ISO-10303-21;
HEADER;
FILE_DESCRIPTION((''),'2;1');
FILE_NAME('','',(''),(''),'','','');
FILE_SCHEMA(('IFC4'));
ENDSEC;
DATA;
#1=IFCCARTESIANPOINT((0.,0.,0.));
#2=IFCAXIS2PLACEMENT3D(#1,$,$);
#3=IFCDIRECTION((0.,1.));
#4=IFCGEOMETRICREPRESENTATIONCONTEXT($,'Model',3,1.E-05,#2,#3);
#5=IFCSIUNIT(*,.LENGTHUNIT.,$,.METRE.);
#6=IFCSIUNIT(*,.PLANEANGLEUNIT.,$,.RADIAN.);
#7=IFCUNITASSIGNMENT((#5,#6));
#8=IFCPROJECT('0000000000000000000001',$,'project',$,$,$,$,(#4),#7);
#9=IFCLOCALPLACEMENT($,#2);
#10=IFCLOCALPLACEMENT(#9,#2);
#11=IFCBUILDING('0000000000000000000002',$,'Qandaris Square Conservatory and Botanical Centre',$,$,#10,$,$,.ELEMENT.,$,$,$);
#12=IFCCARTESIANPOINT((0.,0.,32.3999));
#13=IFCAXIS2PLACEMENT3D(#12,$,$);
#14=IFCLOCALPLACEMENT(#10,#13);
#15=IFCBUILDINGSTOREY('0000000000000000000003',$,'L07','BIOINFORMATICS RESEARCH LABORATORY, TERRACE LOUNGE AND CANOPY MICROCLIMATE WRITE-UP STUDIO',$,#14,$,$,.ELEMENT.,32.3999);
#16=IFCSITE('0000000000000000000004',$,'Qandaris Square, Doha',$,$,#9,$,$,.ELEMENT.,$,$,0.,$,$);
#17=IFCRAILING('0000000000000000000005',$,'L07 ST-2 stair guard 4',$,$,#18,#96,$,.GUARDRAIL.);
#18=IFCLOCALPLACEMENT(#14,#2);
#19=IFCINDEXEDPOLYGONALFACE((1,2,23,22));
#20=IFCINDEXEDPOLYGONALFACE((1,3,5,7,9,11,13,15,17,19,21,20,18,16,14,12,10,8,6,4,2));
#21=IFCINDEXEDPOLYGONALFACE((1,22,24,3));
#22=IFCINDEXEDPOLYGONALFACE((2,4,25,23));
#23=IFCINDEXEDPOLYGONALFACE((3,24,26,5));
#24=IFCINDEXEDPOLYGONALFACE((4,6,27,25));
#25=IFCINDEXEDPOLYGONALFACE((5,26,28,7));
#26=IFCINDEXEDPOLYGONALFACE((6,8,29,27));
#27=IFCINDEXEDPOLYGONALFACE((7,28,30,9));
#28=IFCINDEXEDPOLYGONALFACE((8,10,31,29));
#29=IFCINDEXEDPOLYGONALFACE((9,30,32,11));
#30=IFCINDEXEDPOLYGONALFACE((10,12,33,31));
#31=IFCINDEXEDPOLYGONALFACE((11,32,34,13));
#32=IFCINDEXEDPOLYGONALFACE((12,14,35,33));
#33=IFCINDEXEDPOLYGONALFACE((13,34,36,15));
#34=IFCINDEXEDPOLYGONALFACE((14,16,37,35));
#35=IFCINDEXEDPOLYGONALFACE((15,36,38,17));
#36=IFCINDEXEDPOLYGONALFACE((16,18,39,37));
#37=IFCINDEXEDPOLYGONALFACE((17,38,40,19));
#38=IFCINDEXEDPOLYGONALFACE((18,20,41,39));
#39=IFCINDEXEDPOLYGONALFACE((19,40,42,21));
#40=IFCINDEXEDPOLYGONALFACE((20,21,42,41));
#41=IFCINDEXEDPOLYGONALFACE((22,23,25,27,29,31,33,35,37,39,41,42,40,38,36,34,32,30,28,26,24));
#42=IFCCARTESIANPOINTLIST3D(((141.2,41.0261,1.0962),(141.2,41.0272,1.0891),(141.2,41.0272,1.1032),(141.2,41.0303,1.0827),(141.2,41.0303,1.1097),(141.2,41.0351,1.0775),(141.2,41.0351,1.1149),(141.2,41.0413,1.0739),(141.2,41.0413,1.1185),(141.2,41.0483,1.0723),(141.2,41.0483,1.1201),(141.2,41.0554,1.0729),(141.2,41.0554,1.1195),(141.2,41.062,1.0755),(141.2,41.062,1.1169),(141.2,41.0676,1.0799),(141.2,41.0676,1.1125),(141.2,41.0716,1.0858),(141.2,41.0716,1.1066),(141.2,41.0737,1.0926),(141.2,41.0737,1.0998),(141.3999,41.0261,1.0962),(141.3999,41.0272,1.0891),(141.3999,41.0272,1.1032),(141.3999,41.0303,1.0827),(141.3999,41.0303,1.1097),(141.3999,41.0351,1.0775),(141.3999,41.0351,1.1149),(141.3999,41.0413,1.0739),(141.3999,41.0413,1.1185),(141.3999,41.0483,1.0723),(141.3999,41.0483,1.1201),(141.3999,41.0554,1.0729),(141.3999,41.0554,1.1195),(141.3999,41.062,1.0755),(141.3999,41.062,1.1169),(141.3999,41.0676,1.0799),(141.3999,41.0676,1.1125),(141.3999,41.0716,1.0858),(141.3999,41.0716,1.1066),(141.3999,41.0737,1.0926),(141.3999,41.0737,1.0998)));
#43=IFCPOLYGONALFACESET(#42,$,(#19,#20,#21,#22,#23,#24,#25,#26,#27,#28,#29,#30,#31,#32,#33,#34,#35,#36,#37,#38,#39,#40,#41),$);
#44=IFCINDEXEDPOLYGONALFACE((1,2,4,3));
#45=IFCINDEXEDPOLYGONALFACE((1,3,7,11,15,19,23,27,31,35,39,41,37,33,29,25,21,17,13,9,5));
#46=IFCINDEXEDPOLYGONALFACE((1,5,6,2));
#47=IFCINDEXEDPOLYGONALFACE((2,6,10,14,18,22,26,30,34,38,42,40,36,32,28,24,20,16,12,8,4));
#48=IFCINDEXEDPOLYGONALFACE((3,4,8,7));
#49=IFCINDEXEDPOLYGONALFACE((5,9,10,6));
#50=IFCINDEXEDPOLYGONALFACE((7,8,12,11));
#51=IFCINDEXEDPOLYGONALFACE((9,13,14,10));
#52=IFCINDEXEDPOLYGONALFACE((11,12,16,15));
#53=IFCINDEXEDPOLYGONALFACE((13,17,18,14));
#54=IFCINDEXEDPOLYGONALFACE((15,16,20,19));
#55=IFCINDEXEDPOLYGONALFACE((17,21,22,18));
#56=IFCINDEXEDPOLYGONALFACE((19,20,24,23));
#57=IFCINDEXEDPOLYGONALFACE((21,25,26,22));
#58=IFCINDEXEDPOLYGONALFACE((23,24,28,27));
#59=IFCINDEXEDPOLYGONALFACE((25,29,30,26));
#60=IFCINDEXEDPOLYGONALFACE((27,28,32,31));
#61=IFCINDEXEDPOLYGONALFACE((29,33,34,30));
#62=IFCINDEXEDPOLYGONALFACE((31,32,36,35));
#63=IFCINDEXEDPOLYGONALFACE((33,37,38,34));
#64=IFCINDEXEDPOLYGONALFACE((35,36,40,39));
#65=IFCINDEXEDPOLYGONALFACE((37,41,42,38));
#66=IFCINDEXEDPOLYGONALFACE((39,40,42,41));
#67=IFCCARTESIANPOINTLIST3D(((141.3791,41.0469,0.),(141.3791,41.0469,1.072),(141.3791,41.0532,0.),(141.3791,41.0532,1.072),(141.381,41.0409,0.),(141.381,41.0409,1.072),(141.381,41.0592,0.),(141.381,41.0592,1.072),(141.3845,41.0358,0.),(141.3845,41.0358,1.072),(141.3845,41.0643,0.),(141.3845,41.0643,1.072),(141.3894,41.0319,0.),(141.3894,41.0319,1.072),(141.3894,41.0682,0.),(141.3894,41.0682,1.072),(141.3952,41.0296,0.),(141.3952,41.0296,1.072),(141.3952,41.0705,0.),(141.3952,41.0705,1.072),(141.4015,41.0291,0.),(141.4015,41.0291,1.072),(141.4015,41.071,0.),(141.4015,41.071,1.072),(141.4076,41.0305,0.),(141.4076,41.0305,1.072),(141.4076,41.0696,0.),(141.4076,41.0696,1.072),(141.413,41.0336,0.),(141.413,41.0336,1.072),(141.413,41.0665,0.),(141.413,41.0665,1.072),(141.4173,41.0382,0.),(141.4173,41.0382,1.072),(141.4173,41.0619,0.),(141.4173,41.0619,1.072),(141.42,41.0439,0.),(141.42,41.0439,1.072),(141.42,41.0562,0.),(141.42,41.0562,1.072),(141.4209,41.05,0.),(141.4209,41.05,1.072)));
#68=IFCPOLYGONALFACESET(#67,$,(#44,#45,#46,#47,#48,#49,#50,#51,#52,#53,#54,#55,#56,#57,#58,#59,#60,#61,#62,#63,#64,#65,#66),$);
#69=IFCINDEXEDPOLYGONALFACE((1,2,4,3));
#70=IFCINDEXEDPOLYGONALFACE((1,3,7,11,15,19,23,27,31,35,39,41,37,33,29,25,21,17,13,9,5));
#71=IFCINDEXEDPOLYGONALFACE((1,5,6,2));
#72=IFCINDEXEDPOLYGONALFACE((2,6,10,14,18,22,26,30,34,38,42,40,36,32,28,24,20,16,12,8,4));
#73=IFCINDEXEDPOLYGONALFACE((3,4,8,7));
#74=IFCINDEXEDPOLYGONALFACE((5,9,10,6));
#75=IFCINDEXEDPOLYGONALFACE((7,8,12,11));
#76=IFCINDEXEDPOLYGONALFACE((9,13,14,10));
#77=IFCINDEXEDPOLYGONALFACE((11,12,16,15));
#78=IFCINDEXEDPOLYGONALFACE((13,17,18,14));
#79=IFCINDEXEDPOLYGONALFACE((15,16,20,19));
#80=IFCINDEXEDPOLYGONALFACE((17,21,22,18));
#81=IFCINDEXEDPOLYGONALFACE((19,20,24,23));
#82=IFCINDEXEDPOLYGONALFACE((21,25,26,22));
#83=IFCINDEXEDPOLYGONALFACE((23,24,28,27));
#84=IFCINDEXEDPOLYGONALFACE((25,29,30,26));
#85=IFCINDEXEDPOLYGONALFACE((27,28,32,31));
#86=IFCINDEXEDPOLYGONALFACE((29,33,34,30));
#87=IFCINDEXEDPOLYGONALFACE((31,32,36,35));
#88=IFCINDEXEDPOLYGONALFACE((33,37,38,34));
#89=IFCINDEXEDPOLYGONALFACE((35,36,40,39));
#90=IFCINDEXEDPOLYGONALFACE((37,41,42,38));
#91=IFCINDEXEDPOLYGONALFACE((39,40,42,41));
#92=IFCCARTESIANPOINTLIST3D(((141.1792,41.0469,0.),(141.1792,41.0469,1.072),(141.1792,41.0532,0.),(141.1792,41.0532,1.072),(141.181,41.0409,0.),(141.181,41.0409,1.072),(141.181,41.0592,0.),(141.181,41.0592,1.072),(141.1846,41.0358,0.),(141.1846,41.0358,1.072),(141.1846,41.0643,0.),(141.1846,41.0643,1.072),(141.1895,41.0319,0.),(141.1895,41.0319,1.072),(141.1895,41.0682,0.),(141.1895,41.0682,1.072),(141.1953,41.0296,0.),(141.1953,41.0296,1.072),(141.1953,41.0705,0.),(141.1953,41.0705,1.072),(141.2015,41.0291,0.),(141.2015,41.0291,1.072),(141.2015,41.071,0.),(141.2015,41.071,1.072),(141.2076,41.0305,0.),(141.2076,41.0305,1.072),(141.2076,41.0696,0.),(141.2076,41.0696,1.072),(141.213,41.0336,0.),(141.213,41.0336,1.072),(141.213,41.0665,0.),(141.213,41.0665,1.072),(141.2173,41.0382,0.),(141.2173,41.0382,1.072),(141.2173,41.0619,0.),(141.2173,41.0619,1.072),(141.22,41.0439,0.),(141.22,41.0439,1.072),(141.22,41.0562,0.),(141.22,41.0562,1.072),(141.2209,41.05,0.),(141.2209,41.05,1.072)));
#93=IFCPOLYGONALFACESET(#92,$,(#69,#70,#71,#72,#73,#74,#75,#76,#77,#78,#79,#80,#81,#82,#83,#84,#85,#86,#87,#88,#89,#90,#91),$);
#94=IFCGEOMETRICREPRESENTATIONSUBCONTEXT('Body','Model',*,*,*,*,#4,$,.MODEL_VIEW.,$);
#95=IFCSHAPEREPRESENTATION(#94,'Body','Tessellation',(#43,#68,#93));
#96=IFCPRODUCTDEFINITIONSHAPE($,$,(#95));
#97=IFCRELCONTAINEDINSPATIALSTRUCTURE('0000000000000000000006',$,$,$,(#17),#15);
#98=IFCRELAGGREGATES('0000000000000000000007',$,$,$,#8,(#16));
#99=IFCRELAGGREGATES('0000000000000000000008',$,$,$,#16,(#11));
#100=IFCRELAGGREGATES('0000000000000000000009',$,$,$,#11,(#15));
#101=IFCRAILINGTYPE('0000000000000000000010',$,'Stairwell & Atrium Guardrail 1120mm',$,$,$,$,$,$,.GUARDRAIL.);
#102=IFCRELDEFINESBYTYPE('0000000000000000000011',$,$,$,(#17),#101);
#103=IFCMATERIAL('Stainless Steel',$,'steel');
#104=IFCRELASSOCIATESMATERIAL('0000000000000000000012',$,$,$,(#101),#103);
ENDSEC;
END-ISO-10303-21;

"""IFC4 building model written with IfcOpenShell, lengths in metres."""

from ifc_helpers import new_model, si_unit, direction, frame, origin, origin_2d, place, context, subcontext, project, spatial, circle, extrude, material, type_object, element, save


model = new_model("IFC4")

# Units and contexts
model_context = context("Model", 3, precision=1e-05, world=origin(), true_north=direction((0.0, 1.0)))
body_context = subcontext(model_context, "Body", "Model", "MODEL_VIEW")
ifc_project = project(units=[si_unit("LENGTHUNIT", "METRE"), si_unit("PLANEANGLEUNIT", "RADIAN")], contexts=[model_context])

# Site, building, storey
site_placement = place(None, origin())
site = spatial("IfcSite", under=ifc_project, at=site_placement, Name="Qandaris Square, Doha", CompositionType="ELEMENT", RefElevation=0.0)
building_placement = place(site_placement, origin())
building = spatial("IfcBuilding", under=site, at=building_placement, Name="Qandaris Square Conservatory and Botanical Centre", CompositionType="ELEMENT")
storey_placement = place(building_placement, frame((0.0, 0.0, 32.3999)))
storey = spatial("IfcBuildingStorey", under=building, at=storey_placement, Name="L07", Description="BIOINFORMATICS RESEARCH LABORATORY, TERRACE LOUNGE AND CANOPY MICROCLIMATE WRITE-UP STUDIO", CompositionType="ELEMENT", Elevation=32.3999)

# Railing
ifc_material_1 = material(Name="Stainless Steel", Category="steel")
railing_type_1 = type_object("IfcRailingType", Name="Stairwell & Atrium Guardrail 1120mm", PredefinedType="GUARDRAIL", material=ifc_material_1)
railing_1_placement = place(storey_placement, frame((141.3999, 41.05, 0.0)))
element("IfcRailing", 1, at=railing_1_placement, inside=storey, type_object=railing_type_1, Name="L07 ST-2 stair guard 4", PredefinedType="GUARDRAIL", context=body_context, shape_type="SweptSolid", body=[
    extrude(circle(Radius=0.0239, at=origin_2d()), frame((0.0, 0.0, 1.0962), z_axis=(-1.0, 0.0, 0.0), x_axis=(0.0, -1.0, 0.0)), (0.0, 0.0, 1.0), 0.2),
    extrude(circle(Radius=0.021, at=origin_2d()), origin(), (0.0, 0.0, 1.0), 1.072),
    extrude(circle(Radius=0.021, at=origin_2d()), frame((-0.2, 0.0, 0.0)), (0.0, 0.0, 1.0), 1.072),
])

save(model, "model.ifc")
